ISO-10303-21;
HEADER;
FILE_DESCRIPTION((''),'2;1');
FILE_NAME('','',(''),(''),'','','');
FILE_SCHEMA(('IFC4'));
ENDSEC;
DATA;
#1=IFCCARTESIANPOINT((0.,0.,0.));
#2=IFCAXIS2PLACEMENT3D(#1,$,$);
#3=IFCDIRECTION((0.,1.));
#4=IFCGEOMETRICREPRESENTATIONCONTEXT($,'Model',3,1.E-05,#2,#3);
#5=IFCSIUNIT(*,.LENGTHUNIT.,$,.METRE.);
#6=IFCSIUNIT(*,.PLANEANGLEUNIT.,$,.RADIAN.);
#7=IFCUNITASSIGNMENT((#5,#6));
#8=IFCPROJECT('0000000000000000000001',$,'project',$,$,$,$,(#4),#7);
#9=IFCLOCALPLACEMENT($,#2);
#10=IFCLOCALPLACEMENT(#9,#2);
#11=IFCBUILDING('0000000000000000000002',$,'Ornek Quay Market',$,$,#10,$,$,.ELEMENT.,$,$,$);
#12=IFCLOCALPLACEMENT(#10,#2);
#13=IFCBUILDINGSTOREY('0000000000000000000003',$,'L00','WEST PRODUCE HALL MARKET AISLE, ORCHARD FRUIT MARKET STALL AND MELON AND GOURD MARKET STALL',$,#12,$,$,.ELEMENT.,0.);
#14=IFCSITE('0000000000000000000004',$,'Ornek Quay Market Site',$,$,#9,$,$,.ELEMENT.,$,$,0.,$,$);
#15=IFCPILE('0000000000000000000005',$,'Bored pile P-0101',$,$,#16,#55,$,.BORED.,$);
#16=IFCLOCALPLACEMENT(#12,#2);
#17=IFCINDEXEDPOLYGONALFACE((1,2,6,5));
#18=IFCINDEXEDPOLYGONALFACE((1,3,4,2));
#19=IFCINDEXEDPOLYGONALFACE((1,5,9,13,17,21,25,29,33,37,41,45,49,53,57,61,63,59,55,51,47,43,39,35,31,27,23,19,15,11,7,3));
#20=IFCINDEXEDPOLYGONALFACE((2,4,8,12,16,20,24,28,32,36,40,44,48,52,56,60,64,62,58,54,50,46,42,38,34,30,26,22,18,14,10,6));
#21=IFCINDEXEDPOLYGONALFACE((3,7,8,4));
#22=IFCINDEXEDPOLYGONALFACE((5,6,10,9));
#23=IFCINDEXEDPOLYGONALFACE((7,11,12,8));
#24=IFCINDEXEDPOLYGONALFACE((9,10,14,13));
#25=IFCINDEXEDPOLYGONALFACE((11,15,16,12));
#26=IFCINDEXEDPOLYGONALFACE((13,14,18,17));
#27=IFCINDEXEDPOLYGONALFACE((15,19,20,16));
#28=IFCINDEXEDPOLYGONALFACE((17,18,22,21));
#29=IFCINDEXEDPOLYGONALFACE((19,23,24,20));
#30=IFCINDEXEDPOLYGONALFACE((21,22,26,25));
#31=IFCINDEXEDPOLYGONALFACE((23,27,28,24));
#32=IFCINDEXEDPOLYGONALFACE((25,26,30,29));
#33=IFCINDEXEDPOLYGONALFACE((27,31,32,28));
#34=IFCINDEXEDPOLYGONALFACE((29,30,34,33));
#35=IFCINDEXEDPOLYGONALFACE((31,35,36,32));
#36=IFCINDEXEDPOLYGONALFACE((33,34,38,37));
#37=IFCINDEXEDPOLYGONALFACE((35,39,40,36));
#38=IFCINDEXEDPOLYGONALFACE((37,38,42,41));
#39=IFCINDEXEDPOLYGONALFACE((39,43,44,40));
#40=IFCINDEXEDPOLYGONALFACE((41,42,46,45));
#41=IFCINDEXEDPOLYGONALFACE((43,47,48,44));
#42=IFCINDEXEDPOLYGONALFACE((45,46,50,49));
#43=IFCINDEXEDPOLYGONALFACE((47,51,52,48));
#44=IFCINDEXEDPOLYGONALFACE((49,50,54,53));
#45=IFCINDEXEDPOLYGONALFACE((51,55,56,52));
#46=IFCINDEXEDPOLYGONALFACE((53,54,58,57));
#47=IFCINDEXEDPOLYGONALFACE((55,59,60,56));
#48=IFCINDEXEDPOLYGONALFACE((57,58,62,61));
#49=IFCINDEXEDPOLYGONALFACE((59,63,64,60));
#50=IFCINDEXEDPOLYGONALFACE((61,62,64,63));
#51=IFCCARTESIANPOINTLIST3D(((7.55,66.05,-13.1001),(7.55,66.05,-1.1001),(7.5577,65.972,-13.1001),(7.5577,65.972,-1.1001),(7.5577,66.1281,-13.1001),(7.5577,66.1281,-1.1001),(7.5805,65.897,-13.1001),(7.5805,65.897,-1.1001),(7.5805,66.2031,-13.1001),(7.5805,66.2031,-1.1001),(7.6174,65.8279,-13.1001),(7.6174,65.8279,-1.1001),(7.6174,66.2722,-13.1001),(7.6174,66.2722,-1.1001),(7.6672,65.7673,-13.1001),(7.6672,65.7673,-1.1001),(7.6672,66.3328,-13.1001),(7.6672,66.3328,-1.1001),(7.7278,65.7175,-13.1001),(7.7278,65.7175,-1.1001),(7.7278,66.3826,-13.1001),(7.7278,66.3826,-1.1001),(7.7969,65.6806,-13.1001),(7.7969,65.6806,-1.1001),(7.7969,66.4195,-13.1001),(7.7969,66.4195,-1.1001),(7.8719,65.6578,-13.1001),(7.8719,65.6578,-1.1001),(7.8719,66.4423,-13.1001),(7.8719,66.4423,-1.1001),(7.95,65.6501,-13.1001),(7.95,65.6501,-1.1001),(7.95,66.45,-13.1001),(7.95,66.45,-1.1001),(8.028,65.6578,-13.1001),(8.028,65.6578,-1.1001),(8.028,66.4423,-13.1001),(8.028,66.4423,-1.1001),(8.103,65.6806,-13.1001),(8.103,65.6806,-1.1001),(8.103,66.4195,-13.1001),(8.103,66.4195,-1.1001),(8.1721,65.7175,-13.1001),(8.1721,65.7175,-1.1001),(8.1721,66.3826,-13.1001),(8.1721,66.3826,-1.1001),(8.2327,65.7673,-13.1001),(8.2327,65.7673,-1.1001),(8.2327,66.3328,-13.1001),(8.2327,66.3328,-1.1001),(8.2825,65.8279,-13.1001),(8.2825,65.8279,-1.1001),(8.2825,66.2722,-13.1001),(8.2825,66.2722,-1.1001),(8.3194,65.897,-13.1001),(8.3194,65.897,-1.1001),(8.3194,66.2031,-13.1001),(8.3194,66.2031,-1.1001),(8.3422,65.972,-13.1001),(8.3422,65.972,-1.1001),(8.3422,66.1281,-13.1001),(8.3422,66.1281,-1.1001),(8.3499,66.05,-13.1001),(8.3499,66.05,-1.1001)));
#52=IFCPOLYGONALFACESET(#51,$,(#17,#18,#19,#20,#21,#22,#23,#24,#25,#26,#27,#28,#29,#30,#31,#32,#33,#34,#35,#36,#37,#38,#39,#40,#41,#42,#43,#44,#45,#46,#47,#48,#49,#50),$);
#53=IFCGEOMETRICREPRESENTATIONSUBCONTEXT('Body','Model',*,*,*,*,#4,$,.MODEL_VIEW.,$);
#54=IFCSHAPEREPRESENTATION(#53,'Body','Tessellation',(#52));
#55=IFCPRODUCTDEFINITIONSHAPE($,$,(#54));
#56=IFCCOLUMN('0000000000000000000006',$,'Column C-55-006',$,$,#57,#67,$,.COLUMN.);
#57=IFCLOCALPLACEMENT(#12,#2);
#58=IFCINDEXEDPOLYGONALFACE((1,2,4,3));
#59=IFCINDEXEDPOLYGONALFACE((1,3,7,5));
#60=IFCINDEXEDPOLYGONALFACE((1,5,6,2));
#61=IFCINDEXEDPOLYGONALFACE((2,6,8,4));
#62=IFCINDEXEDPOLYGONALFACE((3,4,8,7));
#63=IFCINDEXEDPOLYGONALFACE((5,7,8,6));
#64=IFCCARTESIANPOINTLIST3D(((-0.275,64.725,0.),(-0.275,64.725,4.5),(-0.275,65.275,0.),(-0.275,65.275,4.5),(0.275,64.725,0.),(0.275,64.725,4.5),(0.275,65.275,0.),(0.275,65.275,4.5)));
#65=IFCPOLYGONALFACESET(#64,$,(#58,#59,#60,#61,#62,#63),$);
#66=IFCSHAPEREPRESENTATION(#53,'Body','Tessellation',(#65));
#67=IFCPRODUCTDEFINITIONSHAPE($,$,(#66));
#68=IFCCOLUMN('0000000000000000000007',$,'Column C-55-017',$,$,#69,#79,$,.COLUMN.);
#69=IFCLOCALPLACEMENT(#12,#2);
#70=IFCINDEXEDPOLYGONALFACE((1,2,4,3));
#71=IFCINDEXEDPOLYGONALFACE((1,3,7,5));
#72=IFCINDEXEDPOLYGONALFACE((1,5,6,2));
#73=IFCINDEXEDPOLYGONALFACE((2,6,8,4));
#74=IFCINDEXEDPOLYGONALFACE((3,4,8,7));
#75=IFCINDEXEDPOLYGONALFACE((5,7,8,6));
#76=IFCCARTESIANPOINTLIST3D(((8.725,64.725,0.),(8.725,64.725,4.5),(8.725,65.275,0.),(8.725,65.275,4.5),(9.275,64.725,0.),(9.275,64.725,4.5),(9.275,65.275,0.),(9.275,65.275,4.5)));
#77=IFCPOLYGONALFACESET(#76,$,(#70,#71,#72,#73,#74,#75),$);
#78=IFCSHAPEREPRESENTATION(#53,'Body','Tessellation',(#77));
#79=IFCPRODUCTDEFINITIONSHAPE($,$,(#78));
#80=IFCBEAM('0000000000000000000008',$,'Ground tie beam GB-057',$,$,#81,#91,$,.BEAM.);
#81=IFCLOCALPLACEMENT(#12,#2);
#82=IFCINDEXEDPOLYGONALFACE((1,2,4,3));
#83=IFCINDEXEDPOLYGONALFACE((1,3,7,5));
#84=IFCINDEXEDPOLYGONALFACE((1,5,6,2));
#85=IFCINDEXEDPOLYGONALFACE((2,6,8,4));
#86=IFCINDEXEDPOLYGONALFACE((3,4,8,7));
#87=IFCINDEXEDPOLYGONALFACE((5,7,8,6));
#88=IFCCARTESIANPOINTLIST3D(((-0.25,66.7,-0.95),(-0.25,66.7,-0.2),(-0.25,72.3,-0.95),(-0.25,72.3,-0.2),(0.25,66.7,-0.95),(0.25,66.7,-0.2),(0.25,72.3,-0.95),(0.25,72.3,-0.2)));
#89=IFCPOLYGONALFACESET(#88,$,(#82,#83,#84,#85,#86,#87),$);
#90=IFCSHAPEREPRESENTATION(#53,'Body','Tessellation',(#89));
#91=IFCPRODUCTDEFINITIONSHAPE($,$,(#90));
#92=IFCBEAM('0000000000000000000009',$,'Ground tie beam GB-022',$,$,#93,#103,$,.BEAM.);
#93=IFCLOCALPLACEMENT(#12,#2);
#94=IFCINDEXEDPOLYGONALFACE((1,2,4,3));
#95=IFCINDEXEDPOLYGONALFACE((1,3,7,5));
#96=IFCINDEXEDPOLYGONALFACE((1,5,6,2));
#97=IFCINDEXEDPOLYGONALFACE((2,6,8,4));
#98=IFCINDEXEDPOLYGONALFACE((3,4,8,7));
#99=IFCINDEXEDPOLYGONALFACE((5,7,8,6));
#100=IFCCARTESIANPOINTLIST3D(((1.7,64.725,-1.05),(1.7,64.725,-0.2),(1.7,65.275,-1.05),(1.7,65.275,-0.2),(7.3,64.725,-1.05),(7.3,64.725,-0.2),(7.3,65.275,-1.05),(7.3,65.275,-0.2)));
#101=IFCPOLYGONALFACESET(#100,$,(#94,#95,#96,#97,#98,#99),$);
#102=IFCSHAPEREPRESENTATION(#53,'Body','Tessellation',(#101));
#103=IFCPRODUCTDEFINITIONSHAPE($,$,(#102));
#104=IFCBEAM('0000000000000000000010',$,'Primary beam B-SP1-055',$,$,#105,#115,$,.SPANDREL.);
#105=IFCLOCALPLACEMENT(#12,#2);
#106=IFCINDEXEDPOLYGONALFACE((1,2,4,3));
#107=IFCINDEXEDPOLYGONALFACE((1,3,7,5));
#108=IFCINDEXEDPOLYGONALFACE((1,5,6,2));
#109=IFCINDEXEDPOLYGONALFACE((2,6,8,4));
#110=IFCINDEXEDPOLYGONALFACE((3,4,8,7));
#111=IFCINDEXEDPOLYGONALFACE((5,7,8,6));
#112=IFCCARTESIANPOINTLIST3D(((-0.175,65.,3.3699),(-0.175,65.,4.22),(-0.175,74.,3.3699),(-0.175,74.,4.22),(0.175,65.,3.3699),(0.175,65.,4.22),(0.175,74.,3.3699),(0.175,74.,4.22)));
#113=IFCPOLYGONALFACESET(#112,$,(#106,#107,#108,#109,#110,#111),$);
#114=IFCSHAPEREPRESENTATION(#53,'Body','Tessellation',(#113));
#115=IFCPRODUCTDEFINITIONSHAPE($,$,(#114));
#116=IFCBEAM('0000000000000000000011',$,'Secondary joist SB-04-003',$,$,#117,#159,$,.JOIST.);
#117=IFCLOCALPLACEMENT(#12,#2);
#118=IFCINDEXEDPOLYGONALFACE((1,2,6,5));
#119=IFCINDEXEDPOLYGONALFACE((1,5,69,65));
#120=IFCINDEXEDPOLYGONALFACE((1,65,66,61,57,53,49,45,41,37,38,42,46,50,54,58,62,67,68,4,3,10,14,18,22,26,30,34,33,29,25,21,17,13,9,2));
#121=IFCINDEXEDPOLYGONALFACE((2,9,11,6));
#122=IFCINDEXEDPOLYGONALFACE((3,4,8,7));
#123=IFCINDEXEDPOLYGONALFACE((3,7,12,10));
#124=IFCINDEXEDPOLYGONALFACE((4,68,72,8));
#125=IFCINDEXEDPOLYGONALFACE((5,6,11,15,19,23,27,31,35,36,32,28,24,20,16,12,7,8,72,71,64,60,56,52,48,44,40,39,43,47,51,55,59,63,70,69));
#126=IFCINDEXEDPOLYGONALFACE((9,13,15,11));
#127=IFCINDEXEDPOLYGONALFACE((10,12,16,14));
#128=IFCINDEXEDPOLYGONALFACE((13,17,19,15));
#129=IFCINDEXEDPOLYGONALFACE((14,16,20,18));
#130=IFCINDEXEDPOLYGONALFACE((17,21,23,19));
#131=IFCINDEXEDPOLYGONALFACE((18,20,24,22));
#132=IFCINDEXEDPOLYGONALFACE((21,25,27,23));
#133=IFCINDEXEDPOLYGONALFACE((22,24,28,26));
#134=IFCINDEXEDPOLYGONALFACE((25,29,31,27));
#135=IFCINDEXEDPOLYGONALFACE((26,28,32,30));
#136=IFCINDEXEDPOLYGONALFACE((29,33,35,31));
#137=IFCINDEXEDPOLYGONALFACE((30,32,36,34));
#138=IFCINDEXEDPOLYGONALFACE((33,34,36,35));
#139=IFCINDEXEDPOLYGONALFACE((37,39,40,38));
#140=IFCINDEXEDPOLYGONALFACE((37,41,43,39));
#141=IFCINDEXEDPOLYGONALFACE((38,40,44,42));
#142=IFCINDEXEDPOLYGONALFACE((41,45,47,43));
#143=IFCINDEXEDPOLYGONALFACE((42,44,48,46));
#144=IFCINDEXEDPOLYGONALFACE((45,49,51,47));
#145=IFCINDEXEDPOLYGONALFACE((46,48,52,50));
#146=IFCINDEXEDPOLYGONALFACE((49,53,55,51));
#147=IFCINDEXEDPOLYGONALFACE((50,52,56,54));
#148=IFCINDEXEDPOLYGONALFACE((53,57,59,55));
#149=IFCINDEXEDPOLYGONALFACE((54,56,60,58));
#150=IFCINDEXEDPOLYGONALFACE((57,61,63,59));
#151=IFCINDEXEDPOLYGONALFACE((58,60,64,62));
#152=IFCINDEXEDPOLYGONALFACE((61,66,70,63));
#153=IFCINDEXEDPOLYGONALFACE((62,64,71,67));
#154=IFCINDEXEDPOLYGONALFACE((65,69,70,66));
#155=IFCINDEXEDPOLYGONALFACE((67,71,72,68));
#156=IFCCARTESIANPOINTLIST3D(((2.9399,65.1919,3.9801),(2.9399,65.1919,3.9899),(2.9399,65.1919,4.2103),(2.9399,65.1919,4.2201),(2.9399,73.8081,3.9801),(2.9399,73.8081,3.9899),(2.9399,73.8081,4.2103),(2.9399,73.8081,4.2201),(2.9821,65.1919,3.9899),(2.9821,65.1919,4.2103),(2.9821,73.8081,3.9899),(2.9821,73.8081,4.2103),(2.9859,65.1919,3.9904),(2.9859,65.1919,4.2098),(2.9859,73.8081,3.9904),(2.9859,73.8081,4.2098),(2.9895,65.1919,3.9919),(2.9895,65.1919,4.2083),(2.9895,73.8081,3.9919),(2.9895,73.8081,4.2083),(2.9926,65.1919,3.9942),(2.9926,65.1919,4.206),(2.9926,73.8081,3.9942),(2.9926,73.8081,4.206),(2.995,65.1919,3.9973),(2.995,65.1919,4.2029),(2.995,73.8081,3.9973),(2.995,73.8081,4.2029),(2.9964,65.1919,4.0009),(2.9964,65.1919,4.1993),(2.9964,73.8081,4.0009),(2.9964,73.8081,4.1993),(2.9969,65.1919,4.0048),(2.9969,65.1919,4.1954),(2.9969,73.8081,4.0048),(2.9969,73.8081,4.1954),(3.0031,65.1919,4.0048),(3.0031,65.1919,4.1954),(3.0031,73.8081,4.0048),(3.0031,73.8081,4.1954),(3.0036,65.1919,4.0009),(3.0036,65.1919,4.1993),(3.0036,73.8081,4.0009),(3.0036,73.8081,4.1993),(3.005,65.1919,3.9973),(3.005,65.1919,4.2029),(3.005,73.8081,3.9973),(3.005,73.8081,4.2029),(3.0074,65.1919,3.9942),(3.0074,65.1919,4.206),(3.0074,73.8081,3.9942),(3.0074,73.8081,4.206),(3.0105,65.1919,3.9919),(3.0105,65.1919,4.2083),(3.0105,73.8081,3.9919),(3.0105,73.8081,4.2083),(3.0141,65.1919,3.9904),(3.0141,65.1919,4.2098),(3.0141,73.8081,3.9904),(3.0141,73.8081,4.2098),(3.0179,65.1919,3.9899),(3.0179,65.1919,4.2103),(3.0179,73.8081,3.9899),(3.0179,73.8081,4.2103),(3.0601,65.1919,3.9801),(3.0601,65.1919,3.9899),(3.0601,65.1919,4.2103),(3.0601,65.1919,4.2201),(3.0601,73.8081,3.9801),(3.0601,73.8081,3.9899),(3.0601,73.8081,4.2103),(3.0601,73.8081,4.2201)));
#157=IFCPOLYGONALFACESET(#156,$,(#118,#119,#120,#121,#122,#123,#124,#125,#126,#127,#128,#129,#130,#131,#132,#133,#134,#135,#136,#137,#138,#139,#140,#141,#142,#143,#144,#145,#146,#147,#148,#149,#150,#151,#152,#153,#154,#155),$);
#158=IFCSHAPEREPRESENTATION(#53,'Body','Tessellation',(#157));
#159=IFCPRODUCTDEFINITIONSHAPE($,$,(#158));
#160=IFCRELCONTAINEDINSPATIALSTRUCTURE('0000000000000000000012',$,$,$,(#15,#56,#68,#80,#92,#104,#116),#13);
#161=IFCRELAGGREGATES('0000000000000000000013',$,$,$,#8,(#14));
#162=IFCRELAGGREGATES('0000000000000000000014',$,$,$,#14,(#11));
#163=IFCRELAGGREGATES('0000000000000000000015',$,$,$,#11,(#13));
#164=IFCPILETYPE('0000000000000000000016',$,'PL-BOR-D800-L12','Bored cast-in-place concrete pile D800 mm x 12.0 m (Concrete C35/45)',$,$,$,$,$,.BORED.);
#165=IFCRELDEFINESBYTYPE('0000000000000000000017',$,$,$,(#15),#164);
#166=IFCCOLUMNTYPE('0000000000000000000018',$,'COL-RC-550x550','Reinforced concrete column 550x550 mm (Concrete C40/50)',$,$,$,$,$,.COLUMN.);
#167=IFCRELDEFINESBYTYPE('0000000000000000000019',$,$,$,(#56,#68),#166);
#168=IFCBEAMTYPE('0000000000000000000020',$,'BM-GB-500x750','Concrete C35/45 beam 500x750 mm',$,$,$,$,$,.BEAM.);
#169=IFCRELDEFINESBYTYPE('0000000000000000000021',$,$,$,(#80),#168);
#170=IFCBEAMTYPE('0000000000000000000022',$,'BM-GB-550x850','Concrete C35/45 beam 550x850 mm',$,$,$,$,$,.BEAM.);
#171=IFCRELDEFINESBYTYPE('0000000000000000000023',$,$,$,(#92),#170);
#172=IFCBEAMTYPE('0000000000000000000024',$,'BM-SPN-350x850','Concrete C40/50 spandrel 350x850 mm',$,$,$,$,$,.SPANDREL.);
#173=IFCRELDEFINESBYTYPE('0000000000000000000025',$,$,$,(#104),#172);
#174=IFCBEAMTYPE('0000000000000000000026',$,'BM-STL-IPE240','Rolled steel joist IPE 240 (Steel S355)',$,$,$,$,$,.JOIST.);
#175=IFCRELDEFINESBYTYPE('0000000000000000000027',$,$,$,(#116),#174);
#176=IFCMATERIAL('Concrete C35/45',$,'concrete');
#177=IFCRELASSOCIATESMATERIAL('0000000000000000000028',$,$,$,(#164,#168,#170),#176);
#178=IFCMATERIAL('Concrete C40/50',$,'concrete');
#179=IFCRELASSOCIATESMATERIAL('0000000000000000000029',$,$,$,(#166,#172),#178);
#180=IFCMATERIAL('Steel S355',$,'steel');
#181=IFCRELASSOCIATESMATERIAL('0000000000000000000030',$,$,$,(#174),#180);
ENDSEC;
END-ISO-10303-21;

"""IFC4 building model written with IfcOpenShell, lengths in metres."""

from ifc_helpers import new_model, si_unit, direction, frame, origin, origin_2d, place, context, subcontext, project, spatial, rectangle, circle, i_section, extrude, material, material_profile, profile_set, type_object, element, save


model = new_model("IFC4")

# Units and contexts
model_context = context("Model", 3, precision=1e-05, world=origin(), true_north=direction((0.0, 1.0)))
body_context = subcontext(model_context, "Body", "Model", "MODEL_VIEW")
ifc_project = project(units=[si_unit("LENGTHUNIT", "METRE"), si_unit("PLANEANGLEUNIT", "RADIAN")], contexts=[model_context])

# Site, building, storey
site_placement = place(None, origin())
site = spatial("IfcSite", under=ifc_project, at=site_placement, Name="Ornek Quay Market Site", CompositionType="ELEMENT", RefElevation=0.0)
building_placement = place(site_placement, origin())
building = spatial("IfcBuilding", under=site, at=building_placement, Name="Ornek Quay Market", CompositionType="ELEMENT")
storey_placement = place(building_placement, origin())
storey = spatial("IfcBuildingStorey", under=building, at=storey_placement, Name="L00", Description="WEST PRODUCE HALL MARKET AISLE, ORCHARD FRUIT MARKET STALL AND MELON AND GOURD MARKET STALL", CompositionType="ELEMENT", Elevation=0.0)

# Pile
ifc_material_1 = material(Name="Concrete C35/45", Category="concrete")
ifc_material_profile_1 = material_profile(ifc_material_1, circle(Radius=0.3999, at=origin_2d()), Name="PILE D800", Category="concrete")
ifc_profile_set_1 = profile_set([ifc_material_profile_1], Name="Concrete C35/45")
pile_type = type_object("IfcPileType", Name="PL-BOR-D800-L12", Description="Bored cast-in-place concrete pile D800 mm x 12.0 m (Concrete C35/45)", PredefinedType="BORED", material=ifc_profile_set_1)
for number, where, z_axis, x_axis, name in (
    (1, (7.95, 66.05, -1.1001), (0.0, 0.0, -1.0), (1.0, 0.0, 0.0), "Bored pile P-0101"),
):
    element("IfcPile", number, at=place(storey_placement, frame(where, z_axis=z_axis, x_axis=x_axis)), inside=storey, type_object=pile_type, Name=name, PredefinedType="BORED", context=body_context, shape_type="SweptSolid", body=[
        extrude(circle(Radius=0.3999, at=origin_2d()), origin(), (0.0, 0.0, 1.0), 12.0),
    ])

# Columns
ifc_material_2 = material(Name="Concrete C40/50", Category="concrete")
ifc_material_profile_2 = material_profile(ifc_material_2, rectangle(XDim=0.55, YDim=0.55, at=origin_2d()), Name="RC 550x550", Category="concrete")
ifc_profile_set_2 = profile_set([ifc_material_profile_2], Name="Concrete C40/50")
column_type = type_object("IfcColumnType", Name="COL-RC-550x550", Description="Reinforced concrete column 550x550 mm (Concrete C40/50)", PredefinedType="COLUMN", material=ifc_profile_set_2)
for number, where, z_axis, x_axis, name in (
    (2, (0.0, 65.0, 0.0), (0.0, 0.0, 1.0), (1.0, 0.0, 0.0), "Column C-55-006"),
    (3, (9.0, 65.0, 0.0), (0.0, 0.0, 1.0), (1.0, 0.0, 0.0), "Column C-55-017"),
):
    element("IfcColumn", number, at=place(storey_placement, frame(where, z_axis=z_axis, x_axis=x_axis)), inside=storey, type_object=column_type, Name=name, PredefinedType="COLUMN", context=body_context, shape_type="SweptSolid", body=[
        extrude(rectangle(XDim=0.55, YDim=0.55, at=origin_2d()), origin(), (0.0, 0.0, 1.0), 4.5),
    ])

# Beams
ifc_material_profile_3 = material_profile(ifc_material_1, rectangle(XDim=0.5, YDim=0.75, at=origin_2d()), Name="RC 500x750", Category="concrete")
ifc_profile_set_3 = profile_set([ifc_material_profile_3], Name="Concrete C35/45")
beam_type_1 = type_object("IfcBeamType", Name="BM-GB-500x750", Description="Concrete C35/45 beam 500x750 mm", PredefinedType="BEAM", material=ifc_profile_set_3)
beam_1_placement = place(storey_placement, frame((0.0, 66.7, -0.575), z_axis=(0.0, 1.0, 0.0), x_axis=(-1.0, 0.0, 0.0)))
element("IfcBeam", 4, at=beam_1_placement, inside=storey, type_object=beam_type_1, Name="Ground tie beam GB-057", PredefinedType="BEAM", context=body_context, shape_type="SweptSolid", body=[
    extrude(rectangle(XDim=0.5, YDim=0.75, at=origin_2d()), origin(), (0.0, 0.0, 1.0), 5.6001),
])
ifc_material_profile_4 = material_profile(ifc_material_1, rectangle(XDim=0.55, YDim=0.8501, at=origin_2d()), Name="RC 550x850", Category="concrete")
ifc_profile_set_4 = profile_set([ifc_material_profile_4], Name="Concrete C35/45")
beam_type_2 = type_object("IfcBeamType", Name="BM-GB-550x850", Description="Concrete C35/45 beam 550x850 mm", PredefinedType="BEAM", material=ifc_profile_set_4)
beam_2_placement = place(storey_placement, frame((1.7, 65.0, -0.625), z_axis=(1.0, 0.0, 0.0), x_axis=(0.0, 1.0, 0.0)))
element("IfcBeam", 5, at=beam_2_placement, inside=storey, type_object=beam_type_2, Name="Ground tie beam GB-022", PredefinedType="BEAM", context=body_context, shape_type="SweptSolid", body=[
    extrude(rectangle(XDim=0.55, YDim=0.8501, at=origin_2d()), origin(), (0.0, 0.0, 1.0), 5.6001),
])
ifc_material_profile_5 = material_profile(ifc_material_2, rectangle(XDim=0.3501, YDim=0.8501, at=origin_2d()), Name="RC 350x850", Category="concrete")
ifc_profile_set_5 = profile_set([ifc_material_profile_5], Name="Concrete C40/50")
beam_type_3 = type_object("IfcBeamType", Name="BM-SPN-350x850", Description="Concrete C40/50 spandrel 350x850 mm", PredefinedType="SPANDREL", material=ifc_profile_set_5)
beam_3_placement = place(storey_placement, frame((0.0, 65.0, 3.7949), z_axis=(0.0, 1.0, 0.0), x_axis=(-1.0, 0.0, 0.0)))
element("IfcBeam", 6, at=beam_3_placement, inside=storey, type_object=beam_type_3, Name="Primary beam B-SP1-055", PredefinedType="SPANDREL", context=body_context, shape_type="SweptSolid", body=[
    extrude(rectangle(XDim=0.3501, YDim=0.8501, at=origin_2d()), origin(), (0.0, 0.0, 1.0), 9.0),
])
ifc_material_3 = material(Name="Steel S355", Category="steel")
ifc_material_profile_6 = material_profile(ifc_material_3, i_section(OverallWidth=0.1201, OverallDepth=0.24, WebThickness=0.0061, FlangeThickness=0.0098, FilletRadius=0.0149, at=origin_2d()), Name="IPE 240", Category="steel")
ifc_profile_set_6 = profile_set([ifc_material_profile_6], Name="Steel S355")
beam_type_4 = type_object("IfcBeamType", Name="BM-STL-IPE240", Description="Rolled steel joist IPE 240 (Steel S355)", PredefinedType="JOIST", material=ifc_profile_set_6)
for number, where, z_axis, x_axis, name in (
    (7, (3.0, 65.1919, 4.1001), (0.0, 1.0, 0.0), (-1.0, 0.0, 0.0), "Secondary joist SB-04-003"),
):
    element("IfcBeam", number, at=place(storey_placement, frame(where, z_axis=z_axis, x_axis=x_axis)), inside=storey, type_object=beam_type_4, Name=name, PredefinedType="JOIST", context=body_context, shape_type="SweptSolid", body=[
        extrude(i_section(OverallWidth=0.1201, OverallDepth=0.24, WebThickness=0.0061, FlangeThickness=0.0098, FilletRadius=0.0149, at=origin_2d()), origin(), (0.0, 0.0, 1.0), 8.6162),
    ])

save(model, "model.ifc")
